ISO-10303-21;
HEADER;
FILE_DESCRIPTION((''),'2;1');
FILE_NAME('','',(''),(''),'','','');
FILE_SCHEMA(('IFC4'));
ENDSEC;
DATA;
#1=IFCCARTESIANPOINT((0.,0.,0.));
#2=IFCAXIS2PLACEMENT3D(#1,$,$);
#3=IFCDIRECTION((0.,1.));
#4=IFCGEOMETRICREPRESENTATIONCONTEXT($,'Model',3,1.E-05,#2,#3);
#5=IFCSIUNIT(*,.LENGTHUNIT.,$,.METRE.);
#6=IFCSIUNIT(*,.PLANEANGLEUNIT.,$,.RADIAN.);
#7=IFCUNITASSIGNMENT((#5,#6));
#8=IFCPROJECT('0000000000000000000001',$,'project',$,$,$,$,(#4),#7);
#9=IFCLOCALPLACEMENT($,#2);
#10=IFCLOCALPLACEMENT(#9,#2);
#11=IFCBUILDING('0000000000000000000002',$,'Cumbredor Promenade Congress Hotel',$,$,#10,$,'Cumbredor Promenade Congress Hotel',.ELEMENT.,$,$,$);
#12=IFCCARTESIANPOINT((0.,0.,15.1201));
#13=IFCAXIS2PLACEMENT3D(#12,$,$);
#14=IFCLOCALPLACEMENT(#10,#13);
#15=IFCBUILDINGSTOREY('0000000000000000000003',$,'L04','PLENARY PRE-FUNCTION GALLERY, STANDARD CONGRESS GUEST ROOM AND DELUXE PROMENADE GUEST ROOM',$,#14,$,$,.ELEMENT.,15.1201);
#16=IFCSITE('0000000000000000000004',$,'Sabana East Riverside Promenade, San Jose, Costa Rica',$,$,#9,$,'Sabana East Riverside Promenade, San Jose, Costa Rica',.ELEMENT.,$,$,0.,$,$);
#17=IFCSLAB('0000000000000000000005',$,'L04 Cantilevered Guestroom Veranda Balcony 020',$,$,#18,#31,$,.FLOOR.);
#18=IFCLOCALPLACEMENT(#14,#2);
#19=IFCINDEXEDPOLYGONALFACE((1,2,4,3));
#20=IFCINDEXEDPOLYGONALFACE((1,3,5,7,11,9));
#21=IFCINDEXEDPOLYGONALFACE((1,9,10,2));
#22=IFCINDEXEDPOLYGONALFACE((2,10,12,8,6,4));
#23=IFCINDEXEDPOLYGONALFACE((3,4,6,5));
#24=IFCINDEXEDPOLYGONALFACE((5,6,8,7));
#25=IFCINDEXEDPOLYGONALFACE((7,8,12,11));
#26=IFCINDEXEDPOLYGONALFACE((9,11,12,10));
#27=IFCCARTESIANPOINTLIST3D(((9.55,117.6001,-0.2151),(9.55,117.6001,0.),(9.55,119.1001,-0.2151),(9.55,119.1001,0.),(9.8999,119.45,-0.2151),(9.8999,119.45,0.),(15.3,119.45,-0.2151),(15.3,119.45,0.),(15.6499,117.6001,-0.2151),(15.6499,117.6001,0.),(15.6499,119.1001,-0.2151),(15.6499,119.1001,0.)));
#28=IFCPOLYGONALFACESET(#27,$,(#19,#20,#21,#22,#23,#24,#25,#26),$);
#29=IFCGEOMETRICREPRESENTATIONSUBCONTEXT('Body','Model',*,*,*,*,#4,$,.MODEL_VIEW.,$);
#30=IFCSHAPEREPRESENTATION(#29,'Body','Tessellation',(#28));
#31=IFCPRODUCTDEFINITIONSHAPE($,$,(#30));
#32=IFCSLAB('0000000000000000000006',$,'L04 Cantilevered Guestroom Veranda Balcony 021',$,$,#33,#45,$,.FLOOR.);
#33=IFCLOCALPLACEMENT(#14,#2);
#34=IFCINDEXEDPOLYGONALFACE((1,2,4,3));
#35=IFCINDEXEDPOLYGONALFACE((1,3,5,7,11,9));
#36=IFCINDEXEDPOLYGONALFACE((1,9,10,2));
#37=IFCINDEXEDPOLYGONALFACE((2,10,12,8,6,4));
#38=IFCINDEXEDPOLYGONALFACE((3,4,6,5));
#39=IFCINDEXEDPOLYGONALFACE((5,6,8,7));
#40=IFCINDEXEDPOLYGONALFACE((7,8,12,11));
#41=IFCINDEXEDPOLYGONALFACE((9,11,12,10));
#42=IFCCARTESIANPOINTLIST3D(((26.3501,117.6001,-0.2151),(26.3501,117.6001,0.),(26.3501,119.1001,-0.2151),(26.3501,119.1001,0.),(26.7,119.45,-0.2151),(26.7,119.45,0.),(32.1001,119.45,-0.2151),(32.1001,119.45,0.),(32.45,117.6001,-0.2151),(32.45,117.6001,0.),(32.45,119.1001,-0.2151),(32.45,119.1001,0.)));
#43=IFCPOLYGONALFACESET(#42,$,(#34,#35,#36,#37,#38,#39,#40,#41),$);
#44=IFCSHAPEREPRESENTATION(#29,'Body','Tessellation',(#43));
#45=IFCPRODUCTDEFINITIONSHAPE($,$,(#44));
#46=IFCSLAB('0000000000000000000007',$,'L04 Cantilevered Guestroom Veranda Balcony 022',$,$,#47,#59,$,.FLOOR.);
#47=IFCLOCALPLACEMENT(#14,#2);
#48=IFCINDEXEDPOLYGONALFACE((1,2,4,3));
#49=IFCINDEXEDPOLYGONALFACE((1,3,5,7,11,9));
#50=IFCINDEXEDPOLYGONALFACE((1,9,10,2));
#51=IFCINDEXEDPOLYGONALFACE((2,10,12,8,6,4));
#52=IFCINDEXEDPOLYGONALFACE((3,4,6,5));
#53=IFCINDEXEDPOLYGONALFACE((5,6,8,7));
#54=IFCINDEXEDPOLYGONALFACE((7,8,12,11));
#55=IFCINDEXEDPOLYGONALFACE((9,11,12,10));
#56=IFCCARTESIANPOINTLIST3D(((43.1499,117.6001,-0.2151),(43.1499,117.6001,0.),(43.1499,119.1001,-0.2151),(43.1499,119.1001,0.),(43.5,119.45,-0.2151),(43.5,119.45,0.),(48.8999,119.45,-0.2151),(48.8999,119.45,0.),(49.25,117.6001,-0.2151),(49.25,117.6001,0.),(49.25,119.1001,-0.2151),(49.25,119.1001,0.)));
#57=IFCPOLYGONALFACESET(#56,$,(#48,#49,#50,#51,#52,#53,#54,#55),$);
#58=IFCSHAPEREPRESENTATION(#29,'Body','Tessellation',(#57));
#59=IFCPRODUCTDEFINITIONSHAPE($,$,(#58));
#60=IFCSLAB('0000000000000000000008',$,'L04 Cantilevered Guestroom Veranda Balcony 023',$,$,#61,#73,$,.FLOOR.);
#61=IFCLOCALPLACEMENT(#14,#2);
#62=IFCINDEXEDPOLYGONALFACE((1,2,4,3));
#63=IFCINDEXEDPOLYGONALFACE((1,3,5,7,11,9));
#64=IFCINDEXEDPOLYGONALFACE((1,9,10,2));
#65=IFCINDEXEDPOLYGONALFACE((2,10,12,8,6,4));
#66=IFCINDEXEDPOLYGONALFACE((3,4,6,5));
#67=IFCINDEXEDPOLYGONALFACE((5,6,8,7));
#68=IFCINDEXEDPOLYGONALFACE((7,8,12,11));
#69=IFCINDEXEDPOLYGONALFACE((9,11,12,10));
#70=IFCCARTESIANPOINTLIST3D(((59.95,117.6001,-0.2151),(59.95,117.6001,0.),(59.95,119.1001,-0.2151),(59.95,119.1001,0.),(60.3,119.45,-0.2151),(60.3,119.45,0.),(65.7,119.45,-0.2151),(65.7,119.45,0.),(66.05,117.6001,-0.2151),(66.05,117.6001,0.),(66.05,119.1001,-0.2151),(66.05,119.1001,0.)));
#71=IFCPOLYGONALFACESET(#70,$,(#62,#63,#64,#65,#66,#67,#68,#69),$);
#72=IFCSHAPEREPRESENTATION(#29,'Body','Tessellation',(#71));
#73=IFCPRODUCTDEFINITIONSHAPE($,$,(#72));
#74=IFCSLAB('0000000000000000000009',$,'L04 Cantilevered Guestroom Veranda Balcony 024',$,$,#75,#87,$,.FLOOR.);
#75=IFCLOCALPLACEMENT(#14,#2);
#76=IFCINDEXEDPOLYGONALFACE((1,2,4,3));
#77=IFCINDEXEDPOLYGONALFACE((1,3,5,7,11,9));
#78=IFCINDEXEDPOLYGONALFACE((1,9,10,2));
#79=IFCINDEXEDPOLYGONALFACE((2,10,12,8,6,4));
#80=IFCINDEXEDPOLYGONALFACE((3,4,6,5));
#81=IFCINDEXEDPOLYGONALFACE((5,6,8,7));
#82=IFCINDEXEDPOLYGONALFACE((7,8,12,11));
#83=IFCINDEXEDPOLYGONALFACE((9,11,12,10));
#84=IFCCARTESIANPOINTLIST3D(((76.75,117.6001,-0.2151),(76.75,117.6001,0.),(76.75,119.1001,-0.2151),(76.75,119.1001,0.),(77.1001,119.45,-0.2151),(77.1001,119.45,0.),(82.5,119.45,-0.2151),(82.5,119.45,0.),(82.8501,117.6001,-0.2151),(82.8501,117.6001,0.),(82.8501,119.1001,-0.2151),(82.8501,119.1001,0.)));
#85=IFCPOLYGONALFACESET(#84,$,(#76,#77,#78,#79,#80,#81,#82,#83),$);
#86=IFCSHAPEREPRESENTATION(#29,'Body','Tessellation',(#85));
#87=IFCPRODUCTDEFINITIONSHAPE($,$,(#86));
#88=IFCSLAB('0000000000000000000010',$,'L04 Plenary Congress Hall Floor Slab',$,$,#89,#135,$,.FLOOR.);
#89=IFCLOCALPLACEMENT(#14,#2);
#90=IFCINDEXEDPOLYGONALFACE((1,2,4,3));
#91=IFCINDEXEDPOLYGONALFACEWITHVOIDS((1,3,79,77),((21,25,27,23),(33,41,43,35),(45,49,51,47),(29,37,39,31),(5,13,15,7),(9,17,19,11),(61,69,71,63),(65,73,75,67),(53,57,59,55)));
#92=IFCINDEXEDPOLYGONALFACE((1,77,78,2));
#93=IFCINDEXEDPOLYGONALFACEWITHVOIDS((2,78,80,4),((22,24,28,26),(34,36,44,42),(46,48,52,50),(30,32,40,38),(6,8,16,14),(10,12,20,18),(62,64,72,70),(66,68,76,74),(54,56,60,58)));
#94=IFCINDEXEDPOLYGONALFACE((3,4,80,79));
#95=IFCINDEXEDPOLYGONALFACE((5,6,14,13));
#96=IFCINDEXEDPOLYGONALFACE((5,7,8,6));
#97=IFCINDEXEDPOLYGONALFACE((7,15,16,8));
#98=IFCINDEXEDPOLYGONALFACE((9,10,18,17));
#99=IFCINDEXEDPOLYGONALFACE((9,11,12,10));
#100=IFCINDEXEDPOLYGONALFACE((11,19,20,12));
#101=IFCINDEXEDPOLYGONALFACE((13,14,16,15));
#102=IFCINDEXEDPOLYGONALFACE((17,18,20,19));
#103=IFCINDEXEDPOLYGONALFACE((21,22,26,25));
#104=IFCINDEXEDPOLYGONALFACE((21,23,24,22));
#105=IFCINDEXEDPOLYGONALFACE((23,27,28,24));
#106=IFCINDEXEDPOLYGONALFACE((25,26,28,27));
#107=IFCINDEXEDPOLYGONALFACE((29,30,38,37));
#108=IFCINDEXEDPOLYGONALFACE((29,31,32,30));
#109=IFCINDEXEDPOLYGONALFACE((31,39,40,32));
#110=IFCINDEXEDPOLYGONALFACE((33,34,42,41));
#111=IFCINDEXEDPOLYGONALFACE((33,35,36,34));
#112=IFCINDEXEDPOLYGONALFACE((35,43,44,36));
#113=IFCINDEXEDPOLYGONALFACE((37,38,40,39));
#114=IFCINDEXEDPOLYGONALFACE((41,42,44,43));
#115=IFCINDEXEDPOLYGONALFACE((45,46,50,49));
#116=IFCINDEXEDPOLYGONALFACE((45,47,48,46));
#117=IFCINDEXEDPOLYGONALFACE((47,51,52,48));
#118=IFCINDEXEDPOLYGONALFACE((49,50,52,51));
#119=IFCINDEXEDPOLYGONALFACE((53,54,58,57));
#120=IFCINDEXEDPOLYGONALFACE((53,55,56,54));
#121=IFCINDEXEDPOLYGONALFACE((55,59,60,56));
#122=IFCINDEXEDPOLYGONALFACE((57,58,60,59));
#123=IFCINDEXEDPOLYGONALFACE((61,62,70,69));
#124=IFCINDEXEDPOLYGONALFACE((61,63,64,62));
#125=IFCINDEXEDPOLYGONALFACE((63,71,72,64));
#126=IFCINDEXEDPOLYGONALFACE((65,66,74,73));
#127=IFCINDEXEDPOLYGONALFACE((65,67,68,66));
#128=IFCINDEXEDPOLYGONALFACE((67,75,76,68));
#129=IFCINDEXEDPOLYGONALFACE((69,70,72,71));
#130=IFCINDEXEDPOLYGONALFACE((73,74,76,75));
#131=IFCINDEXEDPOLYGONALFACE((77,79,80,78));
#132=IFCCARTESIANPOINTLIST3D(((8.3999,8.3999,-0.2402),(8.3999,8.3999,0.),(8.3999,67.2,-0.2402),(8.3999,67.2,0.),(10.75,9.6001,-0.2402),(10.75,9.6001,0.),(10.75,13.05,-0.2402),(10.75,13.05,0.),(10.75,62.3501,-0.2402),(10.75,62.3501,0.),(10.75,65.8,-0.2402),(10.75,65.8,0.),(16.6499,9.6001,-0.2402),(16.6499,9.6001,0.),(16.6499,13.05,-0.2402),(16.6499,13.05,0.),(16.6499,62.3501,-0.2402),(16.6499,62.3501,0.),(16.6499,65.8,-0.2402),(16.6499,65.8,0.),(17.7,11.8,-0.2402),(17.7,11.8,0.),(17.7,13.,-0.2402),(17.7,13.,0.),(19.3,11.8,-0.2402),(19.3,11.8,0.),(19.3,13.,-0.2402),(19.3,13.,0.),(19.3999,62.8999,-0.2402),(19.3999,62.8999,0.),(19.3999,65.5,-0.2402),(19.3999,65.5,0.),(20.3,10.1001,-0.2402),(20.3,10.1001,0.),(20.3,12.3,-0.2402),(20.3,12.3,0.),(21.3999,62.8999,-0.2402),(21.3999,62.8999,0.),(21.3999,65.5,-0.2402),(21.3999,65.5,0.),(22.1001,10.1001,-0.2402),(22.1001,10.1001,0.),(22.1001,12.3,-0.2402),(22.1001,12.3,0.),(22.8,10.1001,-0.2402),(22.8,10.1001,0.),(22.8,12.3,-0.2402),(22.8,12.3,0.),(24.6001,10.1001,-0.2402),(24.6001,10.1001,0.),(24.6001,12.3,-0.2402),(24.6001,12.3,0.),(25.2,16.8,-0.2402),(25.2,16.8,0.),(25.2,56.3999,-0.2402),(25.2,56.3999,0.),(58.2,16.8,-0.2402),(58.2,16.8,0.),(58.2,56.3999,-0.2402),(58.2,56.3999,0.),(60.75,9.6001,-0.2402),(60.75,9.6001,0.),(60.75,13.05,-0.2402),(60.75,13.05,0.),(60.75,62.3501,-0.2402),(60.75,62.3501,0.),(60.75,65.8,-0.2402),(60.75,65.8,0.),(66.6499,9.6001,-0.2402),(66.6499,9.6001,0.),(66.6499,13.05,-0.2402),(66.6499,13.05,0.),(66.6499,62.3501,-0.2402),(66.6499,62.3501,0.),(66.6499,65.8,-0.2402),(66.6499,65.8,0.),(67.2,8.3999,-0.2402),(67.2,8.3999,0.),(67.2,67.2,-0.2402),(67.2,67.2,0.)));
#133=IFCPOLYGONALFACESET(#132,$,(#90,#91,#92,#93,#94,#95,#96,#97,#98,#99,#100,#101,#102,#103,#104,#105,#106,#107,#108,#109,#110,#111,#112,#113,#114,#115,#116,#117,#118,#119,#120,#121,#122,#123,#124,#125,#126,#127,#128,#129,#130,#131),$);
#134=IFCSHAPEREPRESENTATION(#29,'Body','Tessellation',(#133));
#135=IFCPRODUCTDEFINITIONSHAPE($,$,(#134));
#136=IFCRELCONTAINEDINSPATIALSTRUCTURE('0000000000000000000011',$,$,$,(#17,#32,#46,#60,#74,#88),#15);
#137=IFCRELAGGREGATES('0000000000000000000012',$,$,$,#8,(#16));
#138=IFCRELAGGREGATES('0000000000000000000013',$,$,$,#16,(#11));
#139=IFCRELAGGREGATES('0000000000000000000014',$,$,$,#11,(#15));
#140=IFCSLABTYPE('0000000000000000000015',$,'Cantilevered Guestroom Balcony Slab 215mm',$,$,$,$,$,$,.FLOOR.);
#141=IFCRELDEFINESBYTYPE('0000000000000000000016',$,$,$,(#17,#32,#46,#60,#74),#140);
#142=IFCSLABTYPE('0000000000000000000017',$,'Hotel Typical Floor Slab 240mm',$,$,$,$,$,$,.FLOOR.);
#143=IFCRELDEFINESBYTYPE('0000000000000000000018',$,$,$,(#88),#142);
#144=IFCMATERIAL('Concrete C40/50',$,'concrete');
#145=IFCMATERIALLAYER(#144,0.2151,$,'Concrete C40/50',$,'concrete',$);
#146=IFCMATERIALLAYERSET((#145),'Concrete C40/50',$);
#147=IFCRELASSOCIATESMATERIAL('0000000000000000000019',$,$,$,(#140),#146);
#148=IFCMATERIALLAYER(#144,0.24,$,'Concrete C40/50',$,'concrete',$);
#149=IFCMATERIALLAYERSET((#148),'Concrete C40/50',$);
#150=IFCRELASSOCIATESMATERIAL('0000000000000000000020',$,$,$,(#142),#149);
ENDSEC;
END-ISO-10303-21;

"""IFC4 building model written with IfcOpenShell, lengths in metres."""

from ifc_helpers import new_model, si_unit, direction, frame, origin, place, context, subcontext, project, spatial, polyline, outline, extrude, material, layer, layer_set, type_object, element, save


model = new_model("IFC4")

# Units and contexts
model_context = context("Model", 3, precision=1e-05, world=origin(), true_north=direction((0.0, 1.0)))
body_context = subcontext(model_context, "Body", "Model", "MODEL_VIEW")
ifc_project = project(units=[si_unit("LENGTHUNIT", "METRE"), si_unit("PLANEANGLEUNIT", "RADIAN")], contexts=[model_context])

# Site, building, storey
site_placement = place(None, origin())
site = spatial("IfcSite", under=ifc_project, at=site_placement, Name="Sabana East Riverside Promenade, San Jose, Costa Rica", LongName="Sabana East Riverside Promenade, San Jose, Costa Rica", CompositionType="ELEMENT", RefElevation=0.0)
building_placement = place(site_placement, origin())
building = spatial("IfcBuilding", under=site, at=building_placement, Name="Cumbredor Promenade Congress Hotel", LongName="Cumbredor Promenade Congress Hotel", CompositionType="ELEMENT")
storey_placement = place(building_placement, frame((0.0, 0.0, 15.1201)))
storey = spatial("IfcBuildingStorey", under=building, at=storey_placement, Name="L04", Description="PLENARY PRE-FUNCTION GALLERY, STANDARD CONGRESS GUEST ROOM AND DELUXE PROMENADE GUEST ROOM", CompositionType="ELEMENT", Elevation=15.1201)

# Slabs
ifc_material_1 = material(Name="Concrete C40/50", Category="concrete")
ifc_layer_1 = layer(ifc_material_1, 0.2151, Name="Concrete C40/50", Category="concrete")
ifc_layer_set_1 = layer_set([ifc_layer_1], Name="Concrete C40/50")
slab_type_1 = type_object("IfcSlabType", Name="Cantilevered Guestroom Balcony Slab 215mm", PredefinedType="FLOOR", material=ifc_layer_set_1)
slab_1_placement = place(storey_placement, frame((0.0, 0.0, -0.2151)))
element("IfcSlab", 1, at=slab_1_placement, inside=storey, type_object=slab_type_1, Name="L04 Cantilevered Guestroom Veranda Balcony 020", PredefinedType="FLOOR", context=body_context, shape_type="SweptSolid", body=[
    extrude(outline(polyline([(9.55, 117.6001), (15.6499, 117.6001), (15.6499, 119.1001), (15.3, 119.45), (9.8999, 119.45), (9.55, 119.1001), (9.55, 117.6001)])), origin(), (0.0, 0.0, 1.0), 0.2151),
])
slab_2_placement = place(storey_placement, frame((0.0, 0.0, -0.2151)))
element("IfcSlab", 2, at=slab_2_placement, inside=storey, type_object=slab_type_1, Name="L04 Cantilevered Guestroom Veranda Balcony 021", PredefinedType="FLOOR", context=body_context, shape_type="SweptSolid", body=[
    extrude(outline(polyline([(26.3501, 117.6001), (32.45, 117.6001), (32.45, 119.1001), (32.1001, 119.45), (26.7, 119.45), (26.3501, 119.1001), (26.3501, 117.6001)])), origin(), (0.0, 0.0, 1.0), 0.2151),
])
slab_3_placement = place(storey_placement, frame((0.0, 0.0, -0.2151)))
element("IfcSlab", 3, at=slab_3_placement, inside=storey, type_object=slab_type_1, Name="L04 Cantilevered Guestroom Veranda Balcony 022", PredefinedType="FLOOR", context=body_context, shape_type="SweptSolid", body=[
    extrude(outline(polyline([(43.1499, 117.6001), (49.25, 117.6001), (49.25, 119.1001), (48.8999, 119.45), (43.5, 119.45), (43.1499, 119.1001), (43.1499, 117.6001)])), origin(), (0.0, 0.0, 1.0), 0.2151),
])
slab_4_placement = place(storey_placement, frame((0.0, 0.0, -0.2151)))
element("IfcSlab", 4, at=slab_4_placement, inside=storey, type_object=slab_type_1, Name="L04 Cantilevered Guestroom Veranda Balcony 023", PredefinedType="FLOOR", context=body_context, shape_type="SweptSolid", body=[
    extrude(outline(polyline([(59.95, 117.6001), (66.05, 117.6001), (66.05, 119.1001), (65.7, 119.45), (60.3, 119.45), (59.95, 119.1001), (59.95, 117.6001)])), origin(), (0.0, 0.0, 1.0), 0.2151),
])
slab_5_placement = place(storey_placement, frame((0.0, 0.0, -0.2151)))
element("IfcSlab", 5, at=slab_5_placement, inside=storey, type_object=slab_type_1, Name="L04 Cantilevered Guestroom Veranda Balcony 024", PredefinedType="FLOOR", context=body_context, shape_type="SweptSolid", body=[
    extrude(outline(polyline([(76.75, 117.6001), (82.8501, 117.6001), (82.8501, 119.1001), (82.5, 119.45), (77.1001, 119.45), (76.75, 119.1001), (76.75, 117.6001)])), origin(), (0.0, 0.0, 1.0), 0.2151),
])
ifc_layer_2 = layer(ifc_material_1, 0.24, Name="Concrete C40/50", Category="concrete")
ifc_layer_set_2 = layer_set([ifc_layer_2], Name="Concrete C40/50")
slab_type_2 = type_object("IfcSlabType", Name="Hotel Typical Floor Slab 240mm", PredefinedType="FLOOR", material=ifc_layer_set_2)
slab_6_placement = place(storey_placement, frame((0.0, 0.0, -0.2402)))
element("IfcSlab", 6, at=slab_6_placement, inside=storey, type_object=slab_type_2, Name="L04 Plenary Congress Hall Floor Slab", PredefinedType="FLOOR", context=body_context, shape_type="SweptSolid", body=[
    extrude(outline(polyline([(8.3999, 8.3999), (67.2, 8.3999), (67.2, 67.2), (8.3999, 67.2), (8.3999, 8.3999)]), holes=[polyline([(10.75, 9.6001), (16.6499, 9.6001), (16.6499, 13.05), (10.75, 13.05), (10.75, 9.6001)]), polyline([(60.75, 9.6001), (66.6499, 9.6001), (66.6499, 13.05), (60.75, 13.05), (60.75, 9.6001)]), polyline([(10.75, 62.3501), (16.6499, 62.3501), (16.6499, 65.8), (10.75, 65.8), (10.75, 62.3501)]), polyline([(60.75, 62.3501), (66.6499, 62.3501), (66.6499, 65.8), (60.75, 65.8), (60.75, 62.3501)]), polyline([(20.3, 10.1001), (22.1001, 10.1001), (22.1001, 12.3), (20.3, 12.3), (20.3, 10.1001)]), polyline([(22.8, 10.1001), (24.6001, 10.1001), (24.6001, 12.3), (22.8, 12.3), (22.8, 10.1001)]), polyline([(19.3999, 62.8999), (21.3999, 62.8999), (21.3999, 65.5), (19.3999, 65.5), (19.3999, 62.8999)]), polyline([(17.7, 11.8), (19.3, 11.8), (19.3, 13.0), (17.7, 13.0), (17.7, 11.8)]), polyline([(25.2, 16.8), (58.2, 16.8), (58.2, 56.3999), (25.2, 56.3999), (25.2, 16.8)])]), origin(), (0.0, 0.0, 1.0), 0.2402),
])

save(model, "model.ifc")
